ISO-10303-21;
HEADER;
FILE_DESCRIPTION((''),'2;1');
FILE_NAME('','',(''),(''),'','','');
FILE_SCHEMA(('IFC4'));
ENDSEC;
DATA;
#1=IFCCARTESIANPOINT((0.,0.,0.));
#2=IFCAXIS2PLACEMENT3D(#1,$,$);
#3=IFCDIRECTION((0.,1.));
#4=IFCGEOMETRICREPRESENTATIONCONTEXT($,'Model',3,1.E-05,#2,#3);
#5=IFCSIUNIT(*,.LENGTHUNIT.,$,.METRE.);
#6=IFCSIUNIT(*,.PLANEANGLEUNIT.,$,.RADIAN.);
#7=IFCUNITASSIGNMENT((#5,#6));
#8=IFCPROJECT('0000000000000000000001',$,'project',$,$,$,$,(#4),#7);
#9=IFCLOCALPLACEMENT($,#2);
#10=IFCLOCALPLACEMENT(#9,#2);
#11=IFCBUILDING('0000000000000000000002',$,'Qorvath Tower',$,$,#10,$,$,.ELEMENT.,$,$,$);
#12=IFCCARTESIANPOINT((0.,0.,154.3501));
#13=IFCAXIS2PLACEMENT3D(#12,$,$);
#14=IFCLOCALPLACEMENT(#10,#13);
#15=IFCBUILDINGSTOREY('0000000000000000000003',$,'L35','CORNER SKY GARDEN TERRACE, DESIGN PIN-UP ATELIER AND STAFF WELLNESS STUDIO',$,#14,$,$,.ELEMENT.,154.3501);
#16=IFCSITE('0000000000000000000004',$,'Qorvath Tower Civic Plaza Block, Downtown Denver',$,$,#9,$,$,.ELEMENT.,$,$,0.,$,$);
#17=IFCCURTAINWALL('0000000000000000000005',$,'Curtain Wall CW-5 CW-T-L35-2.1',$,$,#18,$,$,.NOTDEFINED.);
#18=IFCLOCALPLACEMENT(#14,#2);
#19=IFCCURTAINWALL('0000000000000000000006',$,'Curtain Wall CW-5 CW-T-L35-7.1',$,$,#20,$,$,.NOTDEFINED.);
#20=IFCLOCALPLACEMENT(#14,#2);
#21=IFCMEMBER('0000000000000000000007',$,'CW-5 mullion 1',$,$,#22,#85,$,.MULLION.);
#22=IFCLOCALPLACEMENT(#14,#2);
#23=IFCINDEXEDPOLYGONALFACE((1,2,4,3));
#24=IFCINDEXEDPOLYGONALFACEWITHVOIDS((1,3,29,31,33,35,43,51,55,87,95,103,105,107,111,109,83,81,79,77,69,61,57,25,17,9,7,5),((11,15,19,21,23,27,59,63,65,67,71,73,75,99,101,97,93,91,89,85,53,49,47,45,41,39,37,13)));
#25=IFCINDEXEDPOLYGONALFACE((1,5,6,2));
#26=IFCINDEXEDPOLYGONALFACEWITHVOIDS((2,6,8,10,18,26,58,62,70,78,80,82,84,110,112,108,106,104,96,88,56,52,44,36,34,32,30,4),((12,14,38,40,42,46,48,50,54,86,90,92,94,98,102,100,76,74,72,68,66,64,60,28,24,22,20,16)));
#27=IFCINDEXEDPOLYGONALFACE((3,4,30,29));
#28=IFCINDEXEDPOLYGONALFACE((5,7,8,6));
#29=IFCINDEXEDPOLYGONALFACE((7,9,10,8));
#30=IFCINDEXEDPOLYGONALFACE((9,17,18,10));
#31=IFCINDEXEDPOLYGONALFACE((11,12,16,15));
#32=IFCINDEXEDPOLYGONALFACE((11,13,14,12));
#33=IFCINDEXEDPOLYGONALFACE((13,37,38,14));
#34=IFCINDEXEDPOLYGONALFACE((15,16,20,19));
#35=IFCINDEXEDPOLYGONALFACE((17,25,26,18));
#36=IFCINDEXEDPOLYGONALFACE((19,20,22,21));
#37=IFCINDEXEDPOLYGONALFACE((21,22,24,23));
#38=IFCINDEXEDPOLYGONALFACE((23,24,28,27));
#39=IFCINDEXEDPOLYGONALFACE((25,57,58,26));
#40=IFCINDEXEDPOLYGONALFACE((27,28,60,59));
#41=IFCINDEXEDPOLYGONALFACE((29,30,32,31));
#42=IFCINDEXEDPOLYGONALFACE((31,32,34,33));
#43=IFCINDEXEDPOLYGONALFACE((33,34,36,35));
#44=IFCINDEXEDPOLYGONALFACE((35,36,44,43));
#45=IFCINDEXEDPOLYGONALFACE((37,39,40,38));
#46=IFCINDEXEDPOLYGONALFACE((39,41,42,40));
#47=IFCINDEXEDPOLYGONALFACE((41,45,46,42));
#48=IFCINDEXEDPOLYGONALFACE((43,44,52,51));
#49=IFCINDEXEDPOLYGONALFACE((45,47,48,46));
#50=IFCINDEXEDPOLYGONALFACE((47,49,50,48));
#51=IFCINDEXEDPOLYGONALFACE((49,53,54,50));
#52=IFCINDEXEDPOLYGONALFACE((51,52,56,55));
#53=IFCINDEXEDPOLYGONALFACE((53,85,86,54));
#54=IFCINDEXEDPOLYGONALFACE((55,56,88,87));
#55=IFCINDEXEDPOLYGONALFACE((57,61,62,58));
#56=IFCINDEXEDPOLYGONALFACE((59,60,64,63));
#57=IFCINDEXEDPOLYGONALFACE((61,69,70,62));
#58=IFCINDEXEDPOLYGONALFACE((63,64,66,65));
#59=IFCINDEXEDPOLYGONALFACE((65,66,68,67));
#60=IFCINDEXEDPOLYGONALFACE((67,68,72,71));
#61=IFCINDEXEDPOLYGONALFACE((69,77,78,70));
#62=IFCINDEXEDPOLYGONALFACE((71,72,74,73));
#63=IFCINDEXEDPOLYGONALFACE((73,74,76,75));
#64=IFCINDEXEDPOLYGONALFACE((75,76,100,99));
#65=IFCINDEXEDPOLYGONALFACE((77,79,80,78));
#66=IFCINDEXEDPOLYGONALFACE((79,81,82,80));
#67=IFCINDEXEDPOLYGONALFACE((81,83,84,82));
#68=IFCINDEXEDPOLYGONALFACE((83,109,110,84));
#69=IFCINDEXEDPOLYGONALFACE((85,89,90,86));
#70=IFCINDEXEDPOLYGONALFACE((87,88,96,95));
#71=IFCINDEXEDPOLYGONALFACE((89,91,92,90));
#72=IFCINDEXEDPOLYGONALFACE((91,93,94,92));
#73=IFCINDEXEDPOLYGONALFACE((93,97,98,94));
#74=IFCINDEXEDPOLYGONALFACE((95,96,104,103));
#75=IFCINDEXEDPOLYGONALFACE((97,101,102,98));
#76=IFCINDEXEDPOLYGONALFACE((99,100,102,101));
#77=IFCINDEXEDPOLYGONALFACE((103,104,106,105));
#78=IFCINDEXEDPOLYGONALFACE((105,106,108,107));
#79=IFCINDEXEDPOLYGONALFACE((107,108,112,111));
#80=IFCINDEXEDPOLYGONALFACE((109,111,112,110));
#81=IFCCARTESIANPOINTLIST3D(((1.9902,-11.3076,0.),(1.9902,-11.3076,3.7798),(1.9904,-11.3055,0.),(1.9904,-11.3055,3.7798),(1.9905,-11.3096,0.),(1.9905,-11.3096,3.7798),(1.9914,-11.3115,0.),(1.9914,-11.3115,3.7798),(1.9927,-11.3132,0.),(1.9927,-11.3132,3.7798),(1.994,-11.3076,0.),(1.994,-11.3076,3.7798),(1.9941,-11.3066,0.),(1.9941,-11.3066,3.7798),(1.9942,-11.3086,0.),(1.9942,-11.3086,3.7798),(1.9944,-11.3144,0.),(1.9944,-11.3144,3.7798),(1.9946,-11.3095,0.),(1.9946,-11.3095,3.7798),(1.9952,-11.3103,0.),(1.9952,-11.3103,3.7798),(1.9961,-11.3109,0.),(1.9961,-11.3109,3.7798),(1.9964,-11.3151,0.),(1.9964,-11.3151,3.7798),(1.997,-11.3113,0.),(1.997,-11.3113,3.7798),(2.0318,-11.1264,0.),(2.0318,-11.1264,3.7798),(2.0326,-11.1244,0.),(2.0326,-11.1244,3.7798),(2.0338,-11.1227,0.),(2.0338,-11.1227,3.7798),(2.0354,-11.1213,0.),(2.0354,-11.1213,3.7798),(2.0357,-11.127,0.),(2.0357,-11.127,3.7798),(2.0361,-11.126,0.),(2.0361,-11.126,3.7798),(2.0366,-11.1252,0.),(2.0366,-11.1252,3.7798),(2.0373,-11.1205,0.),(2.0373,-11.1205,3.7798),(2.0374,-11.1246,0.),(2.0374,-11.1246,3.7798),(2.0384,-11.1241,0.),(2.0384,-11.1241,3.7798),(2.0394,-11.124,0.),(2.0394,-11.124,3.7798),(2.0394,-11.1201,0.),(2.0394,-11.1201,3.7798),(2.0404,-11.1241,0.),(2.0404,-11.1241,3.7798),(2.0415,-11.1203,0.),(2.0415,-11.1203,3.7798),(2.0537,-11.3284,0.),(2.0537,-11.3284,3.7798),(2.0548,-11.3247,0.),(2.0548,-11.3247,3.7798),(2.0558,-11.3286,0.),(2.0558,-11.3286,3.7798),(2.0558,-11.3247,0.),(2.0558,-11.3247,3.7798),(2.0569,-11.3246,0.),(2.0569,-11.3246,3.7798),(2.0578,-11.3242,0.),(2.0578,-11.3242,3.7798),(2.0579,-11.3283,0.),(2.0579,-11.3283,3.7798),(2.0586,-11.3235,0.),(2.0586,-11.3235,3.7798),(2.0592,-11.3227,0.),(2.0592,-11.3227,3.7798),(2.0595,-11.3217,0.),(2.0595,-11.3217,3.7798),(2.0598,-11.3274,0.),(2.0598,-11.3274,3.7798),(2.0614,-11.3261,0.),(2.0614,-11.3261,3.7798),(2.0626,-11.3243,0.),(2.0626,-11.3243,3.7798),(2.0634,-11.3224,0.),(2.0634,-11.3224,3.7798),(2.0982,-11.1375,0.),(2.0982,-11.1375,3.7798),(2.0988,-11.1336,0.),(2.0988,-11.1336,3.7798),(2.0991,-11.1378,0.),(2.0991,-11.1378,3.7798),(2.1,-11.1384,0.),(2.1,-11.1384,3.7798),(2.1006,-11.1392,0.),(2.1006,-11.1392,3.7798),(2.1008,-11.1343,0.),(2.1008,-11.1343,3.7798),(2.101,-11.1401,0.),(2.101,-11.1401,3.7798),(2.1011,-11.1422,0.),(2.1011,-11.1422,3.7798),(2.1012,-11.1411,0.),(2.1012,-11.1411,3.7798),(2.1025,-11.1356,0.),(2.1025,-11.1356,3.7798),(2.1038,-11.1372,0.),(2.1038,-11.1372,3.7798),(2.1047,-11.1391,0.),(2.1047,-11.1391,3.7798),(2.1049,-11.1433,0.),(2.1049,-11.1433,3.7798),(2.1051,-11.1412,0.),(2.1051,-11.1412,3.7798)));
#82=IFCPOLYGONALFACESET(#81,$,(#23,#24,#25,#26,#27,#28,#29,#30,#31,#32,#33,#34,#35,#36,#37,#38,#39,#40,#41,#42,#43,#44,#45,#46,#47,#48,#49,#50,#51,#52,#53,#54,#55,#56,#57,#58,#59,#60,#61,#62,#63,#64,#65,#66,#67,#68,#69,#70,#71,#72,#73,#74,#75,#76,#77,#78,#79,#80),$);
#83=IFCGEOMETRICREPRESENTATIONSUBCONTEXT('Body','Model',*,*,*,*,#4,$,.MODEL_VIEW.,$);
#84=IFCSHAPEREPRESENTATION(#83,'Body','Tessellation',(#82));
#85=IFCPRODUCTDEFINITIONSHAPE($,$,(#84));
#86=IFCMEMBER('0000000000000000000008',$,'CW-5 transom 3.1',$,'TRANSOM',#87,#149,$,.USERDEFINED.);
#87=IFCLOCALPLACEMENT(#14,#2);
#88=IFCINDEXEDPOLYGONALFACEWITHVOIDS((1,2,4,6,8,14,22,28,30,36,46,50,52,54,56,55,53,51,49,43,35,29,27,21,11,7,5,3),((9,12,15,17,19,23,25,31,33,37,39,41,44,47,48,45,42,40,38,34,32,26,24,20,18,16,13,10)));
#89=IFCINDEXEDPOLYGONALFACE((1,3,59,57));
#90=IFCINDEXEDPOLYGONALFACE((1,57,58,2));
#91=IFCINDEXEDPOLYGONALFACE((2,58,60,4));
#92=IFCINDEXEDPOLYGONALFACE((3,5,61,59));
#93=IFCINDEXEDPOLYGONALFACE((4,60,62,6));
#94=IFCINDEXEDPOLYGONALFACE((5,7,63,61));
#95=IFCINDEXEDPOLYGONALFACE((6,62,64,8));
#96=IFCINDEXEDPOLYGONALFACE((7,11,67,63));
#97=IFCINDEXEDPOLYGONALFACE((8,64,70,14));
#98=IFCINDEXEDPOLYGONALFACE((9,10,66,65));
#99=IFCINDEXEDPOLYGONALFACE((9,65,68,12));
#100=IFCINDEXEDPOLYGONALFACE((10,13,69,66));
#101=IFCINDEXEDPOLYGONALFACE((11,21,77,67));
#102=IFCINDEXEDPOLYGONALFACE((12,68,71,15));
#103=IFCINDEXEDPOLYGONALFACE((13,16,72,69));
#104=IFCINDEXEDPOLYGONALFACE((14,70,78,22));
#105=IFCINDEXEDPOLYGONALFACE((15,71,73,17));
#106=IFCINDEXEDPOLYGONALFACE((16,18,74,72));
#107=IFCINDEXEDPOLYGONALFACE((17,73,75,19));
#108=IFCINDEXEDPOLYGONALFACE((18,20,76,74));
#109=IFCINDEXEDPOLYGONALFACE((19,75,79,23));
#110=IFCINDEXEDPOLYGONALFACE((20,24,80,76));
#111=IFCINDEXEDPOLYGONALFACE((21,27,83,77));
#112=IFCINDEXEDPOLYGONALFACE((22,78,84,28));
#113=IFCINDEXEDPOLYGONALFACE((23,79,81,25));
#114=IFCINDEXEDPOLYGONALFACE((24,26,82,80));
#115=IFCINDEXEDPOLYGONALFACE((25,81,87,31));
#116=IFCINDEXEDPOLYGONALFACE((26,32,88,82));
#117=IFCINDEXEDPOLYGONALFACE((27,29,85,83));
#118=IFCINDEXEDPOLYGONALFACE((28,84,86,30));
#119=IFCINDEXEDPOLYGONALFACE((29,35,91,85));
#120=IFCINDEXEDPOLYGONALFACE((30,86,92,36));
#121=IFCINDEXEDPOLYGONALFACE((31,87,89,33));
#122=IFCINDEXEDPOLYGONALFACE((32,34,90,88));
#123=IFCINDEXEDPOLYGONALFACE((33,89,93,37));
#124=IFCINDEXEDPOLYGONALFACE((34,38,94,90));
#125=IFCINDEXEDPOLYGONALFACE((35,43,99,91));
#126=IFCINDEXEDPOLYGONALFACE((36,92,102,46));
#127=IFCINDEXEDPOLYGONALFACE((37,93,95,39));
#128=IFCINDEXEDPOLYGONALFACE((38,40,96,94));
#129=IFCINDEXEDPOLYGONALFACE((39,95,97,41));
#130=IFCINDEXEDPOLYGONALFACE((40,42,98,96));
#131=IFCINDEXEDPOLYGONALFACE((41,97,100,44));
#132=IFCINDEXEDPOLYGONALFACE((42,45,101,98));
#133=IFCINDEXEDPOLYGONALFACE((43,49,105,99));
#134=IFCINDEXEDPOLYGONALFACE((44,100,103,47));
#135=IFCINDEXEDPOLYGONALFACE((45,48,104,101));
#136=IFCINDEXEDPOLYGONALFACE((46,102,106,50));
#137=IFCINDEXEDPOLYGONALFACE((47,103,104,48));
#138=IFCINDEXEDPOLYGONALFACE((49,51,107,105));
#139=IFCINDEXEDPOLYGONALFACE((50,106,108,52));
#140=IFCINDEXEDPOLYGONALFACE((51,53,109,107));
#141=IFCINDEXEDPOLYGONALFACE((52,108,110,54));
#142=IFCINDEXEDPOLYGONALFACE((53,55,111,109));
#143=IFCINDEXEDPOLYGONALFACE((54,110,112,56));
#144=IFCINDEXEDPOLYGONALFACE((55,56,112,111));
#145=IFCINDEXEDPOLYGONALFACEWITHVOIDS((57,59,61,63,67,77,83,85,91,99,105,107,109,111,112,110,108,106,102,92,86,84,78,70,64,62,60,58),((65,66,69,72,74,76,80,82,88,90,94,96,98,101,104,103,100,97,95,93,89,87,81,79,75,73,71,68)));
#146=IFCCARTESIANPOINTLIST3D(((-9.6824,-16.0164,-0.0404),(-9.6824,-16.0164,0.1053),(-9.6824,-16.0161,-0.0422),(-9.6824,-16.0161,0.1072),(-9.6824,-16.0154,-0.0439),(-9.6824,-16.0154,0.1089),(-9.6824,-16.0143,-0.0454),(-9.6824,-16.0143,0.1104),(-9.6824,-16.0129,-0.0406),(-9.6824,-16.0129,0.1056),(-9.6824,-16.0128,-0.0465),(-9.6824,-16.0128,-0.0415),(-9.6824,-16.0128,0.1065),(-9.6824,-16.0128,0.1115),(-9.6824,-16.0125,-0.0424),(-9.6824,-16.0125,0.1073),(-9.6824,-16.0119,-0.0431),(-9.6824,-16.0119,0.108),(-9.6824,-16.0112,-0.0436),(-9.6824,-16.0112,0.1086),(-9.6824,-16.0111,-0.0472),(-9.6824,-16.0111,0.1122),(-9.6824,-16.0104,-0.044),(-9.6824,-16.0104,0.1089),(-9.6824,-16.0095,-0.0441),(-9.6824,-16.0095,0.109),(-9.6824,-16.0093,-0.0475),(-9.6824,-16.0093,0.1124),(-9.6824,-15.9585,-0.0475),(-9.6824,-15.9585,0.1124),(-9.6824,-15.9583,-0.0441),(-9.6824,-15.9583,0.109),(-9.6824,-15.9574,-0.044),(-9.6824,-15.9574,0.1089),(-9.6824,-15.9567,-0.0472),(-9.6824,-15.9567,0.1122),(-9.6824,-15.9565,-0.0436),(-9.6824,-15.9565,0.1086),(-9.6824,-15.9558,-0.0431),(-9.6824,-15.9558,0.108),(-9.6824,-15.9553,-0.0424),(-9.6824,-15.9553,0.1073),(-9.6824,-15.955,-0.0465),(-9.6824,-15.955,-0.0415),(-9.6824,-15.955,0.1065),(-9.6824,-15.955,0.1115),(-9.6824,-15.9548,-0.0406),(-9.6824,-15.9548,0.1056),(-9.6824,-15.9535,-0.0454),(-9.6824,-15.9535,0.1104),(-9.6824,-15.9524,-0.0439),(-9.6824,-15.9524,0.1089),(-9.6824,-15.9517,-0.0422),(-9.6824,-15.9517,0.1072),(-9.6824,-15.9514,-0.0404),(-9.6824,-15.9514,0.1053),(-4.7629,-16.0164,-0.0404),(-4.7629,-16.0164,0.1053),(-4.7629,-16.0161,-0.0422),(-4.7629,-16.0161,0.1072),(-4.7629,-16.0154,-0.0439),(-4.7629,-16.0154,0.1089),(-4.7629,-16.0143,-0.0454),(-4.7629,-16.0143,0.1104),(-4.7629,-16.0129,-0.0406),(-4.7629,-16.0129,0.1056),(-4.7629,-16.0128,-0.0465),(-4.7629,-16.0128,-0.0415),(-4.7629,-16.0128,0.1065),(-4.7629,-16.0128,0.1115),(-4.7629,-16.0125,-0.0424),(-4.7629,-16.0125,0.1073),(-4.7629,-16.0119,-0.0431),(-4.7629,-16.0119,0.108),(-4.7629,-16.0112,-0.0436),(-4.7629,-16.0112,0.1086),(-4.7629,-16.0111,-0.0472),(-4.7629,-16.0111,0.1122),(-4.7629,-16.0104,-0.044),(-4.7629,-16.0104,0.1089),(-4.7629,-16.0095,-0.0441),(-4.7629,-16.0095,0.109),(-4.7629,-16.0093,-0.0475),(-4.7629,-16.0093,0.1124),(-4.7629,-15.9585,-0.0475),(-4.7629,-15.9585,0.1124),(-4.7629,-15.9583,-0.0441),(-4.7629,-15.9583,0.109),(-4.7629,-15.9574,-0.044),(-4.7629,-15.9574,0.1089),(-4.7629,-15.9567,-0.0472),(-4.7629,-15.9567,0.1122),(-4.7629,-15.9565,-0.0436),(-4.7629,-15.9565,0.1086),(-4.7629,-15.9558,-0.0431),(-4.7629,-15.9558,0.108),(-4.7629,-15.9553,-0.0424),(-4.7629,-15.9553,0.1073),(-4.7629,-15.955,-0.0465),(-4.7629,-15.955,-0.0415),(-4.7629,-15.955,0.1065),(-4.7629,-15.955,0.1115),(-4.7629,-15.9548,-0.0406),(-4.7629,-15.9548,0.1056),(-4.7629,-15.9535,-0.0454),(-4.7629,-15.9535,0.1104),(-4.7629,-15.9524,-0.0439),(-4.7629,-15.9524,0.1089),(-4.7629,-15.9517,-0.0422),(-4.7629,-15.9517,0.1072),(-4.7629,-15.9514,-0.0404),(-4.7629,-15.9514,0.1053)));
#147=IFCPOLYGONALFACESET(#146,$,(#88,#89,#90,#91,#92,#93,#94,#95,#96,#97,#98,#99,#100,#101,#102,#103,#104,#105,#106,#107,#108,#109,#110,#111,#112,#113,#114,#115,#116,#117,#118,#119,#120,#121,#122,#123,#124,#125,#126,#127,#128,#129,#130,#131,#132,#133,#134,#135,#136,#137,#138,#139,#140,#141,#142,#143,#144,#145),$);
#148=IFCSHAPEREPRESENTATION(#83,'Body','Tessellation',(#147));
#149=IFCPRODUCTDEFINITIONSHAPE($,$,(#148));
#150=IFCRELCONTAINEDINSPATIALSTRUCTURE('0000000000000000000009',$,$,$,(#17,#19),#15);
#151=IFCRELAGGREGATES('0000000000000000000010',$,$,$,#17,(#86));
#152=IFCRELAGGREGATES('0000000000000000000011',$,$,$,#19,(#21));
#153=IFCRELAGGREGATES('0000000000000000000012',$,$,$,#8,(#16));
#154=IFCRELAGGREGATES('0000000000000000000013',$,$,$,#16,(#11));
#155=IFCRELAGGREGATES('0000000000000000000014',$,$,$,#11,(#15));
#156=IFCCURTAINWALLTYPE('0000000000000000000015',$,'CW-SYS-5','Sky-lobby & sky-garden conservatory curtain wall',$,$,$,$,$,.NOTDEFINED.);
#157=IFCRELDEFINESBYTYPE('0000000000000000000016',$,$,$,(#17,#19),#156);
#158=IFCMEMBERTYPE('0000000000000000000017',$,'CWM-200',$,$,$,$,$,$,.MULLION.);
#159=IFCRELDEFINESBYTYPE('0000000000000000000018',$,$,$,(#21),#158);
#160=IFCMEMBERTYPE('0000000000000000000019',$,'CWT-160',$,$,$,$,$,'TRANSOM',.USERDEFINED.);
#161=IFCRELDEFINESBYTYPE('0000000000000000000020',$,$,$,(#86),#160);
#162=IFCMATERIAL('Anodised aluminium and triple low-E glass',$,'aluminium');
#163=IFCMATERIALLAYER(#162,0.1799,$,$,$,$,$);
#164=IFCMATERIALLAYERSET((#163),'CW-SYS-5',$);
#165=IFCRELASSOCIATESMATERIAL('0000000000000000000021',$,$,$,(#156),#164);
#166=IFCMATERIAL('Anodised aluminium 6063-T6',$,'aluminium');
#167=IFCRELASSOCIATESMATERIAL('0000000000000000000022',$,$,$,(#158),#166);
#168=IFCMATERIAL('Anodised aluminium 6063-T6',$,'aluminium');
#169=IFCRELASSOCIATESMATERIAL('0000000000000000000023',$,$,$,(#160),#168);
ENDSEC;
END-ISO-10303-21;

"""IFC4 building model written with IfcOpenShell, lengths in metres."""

from ifc_helpers import new_model, si_unit, direction, frame, origin, origin_2d, place, context, subcontext, project, spatial, hollow_rectangle, extrude, material, layer, layer_set, material_profile, profile_set, type_object, element, aggregate, save


model = new_model("IFC4")

# Units and contexts
model_context = context("Model", 3, precision=1e-05, world=origin(), true_north=direction((0.0, 1.0)))
body_context = subcontext(model_context, "Body", "Model", "MODEL_VIEW")
ifc_project = project(units=[si_unit("LENGTHUNIT", "METRE"), si_unit("PLANEANGLEUNIT", "RADIAN")], contexts=[model_context])

# Site, building, storey
site_placement = place(None, origin())
site = spatial("IfcSite", under=ifc_project, at=site_placement, Name="Qorvath Tower Civic Plaza Block, Downtown Denver", CompositionType="ELEMENT", RefElevation=0.0)
building_placement = place(site_placement, origin())
building = spatial("IfcBuilding", under=site, at=building_placement, Name="Qorvath Tower", CompositionType="ELEMENT")
storey_placement = place(building_placement, frame((0.0, 0.0, 154.3501)))
storey = spatial("IfcBuildingStorey", under=building, at=storey_placement, Name="L35", Description="CORNER SKY GARDEN TERRACE, DESIGN PIN-UP ATELIER AND STAFF WELLNESS STUDIO", CompositionType="ELEMENT", Elevation=154.3501)

# Curtain wall
ifc_material_1 = material(Name="Anodised aluminium and triple low-E glass", Category="aluminium")
ifc_layer_1 = layer(ifc_material_1, 0.1799)
ifc_layer_set_1 = layer_set([ifc_layer_1], Name="CW-SYS-5")
curtain_wall_type = type_object("IfcCurtainWallType", Name="CW-SYS-5", Description="Sky-lobby & sky-garden conservatory curtain wall", PredefinedType="NOTDEFINED", material=ifc_layer_set_1)
curtain_wall_1_placement = place(storey_placement, origin())
curtain_wall_1 = element("IfcCurtainWall", 1, at=curtain_wall_1_placement, inside=storey, type_object=curtain_wall_type, Name="Curtain Wall CW-5 CW-T-L35-2.1", PredefinedType="NOTDEFINED")
ifc_material_2 = material(Name="Anodised aluminium 6063-T6", Category="aluminium")
ifc_material_profile_1 = material_profile(ifc_material_2, hollow_rectangle(XDim=0.075, YDim=0.2, WallThickness=0.0039, InnerFilletRadius=0.0039, OuterFilletRadius=0.0081, at=origin_2d()), Name="CWM 200x75")
ifc_profile_set_1 = profile_set([ifc_material_profile_1], Name="Anodised aluminium 6063-T6")
member_type_1 = type_object("IfcMemberType", Name="CWM-200", PredefinedType="MULLION", material=ifc_profile_set_1)

# Curtain wall, member
curtain_wall_2_placement = place(storey_placement, origin())
curtain_wall_2 = element("IfcCurtainWall", 2, at=curtain_wall_2_placement, inside=storey, type_object=curtain_wall_type, Name="Curtain Wall CW-5 CW-T-L35-7.1", PredefinedType="NOTDEFINED")
member_1_placement = place(storey_placement, frame((2.0476, -11.2244, 0.0), z_axis=(0.0, 0.0, 1.0), x_axis=(-0.974213, 0.225631, 0.0)))
member_1 = element("IfcMember", 3, at=member_1_placement, type_object=member_type_1, Name="CW-5 mullion 1", PredefinedType="MULLION", context=body_context, shape_type="SweptSolid", body=[
    extrude(hollow_rectangle(XDim=0.075, YDim=0.2, WallThickness=0.0039, InnerFilletRadius=0.0039, OuterFilletRadius=0.0081, at=origin_2d()), origin(), (0.0, 0.0, 1.0), 3.7798),
])

# Member
ifc_material_3 = material(Name="Anodised aluminium 6063-T6", Category="aluminium")
ifc_material_profile_2 = material_profile(ifc_material_3, hollow_rectangle(XDim=0.0649, YDim=0.1599, WallThickness=0.0034, InnerFilletRadius=0.0034, OuterFilletRadius=0.0071, at=origin_2d()), Name="CWT 160x65")
ifc_profile_set_2 = profile_set([ifc_material_profile_2], Name="Anodised aluminium 6063-T6")
member_type_2 = type_object("IfcMemberType", Name="CWT-160", ElementType="TRANSOM", PredefinedType="USERDEFINED", material=ifc_profile_set_2)
member_2_placement = place(storey_placement, frame((-9.6824, -15.9839, 0.0325), z_axis=(1.0, 0.0, 0.0), x_axis=(0.0, 1.0, 0.0)))
member_2 = element("IfcMember", 4, at=member_2_placement, type_object=member_type_2, Name="CW-5 transom 3.1", ObjectType="TRANSOM", PredefinedType="USERDEFINED", context=body_context, shape_type="SweptSolid", body=[
    extrude(hollow_rectangle(XDim=0.0649, YDim=0.1599, WallThickness=0.0034, InnerFilletRadius=0.0034, OuterFilletRadius=0.0071, at=origin_2d()), origin(), (0.0, 0.0, 1.0), 4.9194),
])

aggregate(curtain_wall_1, [member_2])
aggregate(curtain_wall_2, [member_1])

save(model, "model.ifc")
